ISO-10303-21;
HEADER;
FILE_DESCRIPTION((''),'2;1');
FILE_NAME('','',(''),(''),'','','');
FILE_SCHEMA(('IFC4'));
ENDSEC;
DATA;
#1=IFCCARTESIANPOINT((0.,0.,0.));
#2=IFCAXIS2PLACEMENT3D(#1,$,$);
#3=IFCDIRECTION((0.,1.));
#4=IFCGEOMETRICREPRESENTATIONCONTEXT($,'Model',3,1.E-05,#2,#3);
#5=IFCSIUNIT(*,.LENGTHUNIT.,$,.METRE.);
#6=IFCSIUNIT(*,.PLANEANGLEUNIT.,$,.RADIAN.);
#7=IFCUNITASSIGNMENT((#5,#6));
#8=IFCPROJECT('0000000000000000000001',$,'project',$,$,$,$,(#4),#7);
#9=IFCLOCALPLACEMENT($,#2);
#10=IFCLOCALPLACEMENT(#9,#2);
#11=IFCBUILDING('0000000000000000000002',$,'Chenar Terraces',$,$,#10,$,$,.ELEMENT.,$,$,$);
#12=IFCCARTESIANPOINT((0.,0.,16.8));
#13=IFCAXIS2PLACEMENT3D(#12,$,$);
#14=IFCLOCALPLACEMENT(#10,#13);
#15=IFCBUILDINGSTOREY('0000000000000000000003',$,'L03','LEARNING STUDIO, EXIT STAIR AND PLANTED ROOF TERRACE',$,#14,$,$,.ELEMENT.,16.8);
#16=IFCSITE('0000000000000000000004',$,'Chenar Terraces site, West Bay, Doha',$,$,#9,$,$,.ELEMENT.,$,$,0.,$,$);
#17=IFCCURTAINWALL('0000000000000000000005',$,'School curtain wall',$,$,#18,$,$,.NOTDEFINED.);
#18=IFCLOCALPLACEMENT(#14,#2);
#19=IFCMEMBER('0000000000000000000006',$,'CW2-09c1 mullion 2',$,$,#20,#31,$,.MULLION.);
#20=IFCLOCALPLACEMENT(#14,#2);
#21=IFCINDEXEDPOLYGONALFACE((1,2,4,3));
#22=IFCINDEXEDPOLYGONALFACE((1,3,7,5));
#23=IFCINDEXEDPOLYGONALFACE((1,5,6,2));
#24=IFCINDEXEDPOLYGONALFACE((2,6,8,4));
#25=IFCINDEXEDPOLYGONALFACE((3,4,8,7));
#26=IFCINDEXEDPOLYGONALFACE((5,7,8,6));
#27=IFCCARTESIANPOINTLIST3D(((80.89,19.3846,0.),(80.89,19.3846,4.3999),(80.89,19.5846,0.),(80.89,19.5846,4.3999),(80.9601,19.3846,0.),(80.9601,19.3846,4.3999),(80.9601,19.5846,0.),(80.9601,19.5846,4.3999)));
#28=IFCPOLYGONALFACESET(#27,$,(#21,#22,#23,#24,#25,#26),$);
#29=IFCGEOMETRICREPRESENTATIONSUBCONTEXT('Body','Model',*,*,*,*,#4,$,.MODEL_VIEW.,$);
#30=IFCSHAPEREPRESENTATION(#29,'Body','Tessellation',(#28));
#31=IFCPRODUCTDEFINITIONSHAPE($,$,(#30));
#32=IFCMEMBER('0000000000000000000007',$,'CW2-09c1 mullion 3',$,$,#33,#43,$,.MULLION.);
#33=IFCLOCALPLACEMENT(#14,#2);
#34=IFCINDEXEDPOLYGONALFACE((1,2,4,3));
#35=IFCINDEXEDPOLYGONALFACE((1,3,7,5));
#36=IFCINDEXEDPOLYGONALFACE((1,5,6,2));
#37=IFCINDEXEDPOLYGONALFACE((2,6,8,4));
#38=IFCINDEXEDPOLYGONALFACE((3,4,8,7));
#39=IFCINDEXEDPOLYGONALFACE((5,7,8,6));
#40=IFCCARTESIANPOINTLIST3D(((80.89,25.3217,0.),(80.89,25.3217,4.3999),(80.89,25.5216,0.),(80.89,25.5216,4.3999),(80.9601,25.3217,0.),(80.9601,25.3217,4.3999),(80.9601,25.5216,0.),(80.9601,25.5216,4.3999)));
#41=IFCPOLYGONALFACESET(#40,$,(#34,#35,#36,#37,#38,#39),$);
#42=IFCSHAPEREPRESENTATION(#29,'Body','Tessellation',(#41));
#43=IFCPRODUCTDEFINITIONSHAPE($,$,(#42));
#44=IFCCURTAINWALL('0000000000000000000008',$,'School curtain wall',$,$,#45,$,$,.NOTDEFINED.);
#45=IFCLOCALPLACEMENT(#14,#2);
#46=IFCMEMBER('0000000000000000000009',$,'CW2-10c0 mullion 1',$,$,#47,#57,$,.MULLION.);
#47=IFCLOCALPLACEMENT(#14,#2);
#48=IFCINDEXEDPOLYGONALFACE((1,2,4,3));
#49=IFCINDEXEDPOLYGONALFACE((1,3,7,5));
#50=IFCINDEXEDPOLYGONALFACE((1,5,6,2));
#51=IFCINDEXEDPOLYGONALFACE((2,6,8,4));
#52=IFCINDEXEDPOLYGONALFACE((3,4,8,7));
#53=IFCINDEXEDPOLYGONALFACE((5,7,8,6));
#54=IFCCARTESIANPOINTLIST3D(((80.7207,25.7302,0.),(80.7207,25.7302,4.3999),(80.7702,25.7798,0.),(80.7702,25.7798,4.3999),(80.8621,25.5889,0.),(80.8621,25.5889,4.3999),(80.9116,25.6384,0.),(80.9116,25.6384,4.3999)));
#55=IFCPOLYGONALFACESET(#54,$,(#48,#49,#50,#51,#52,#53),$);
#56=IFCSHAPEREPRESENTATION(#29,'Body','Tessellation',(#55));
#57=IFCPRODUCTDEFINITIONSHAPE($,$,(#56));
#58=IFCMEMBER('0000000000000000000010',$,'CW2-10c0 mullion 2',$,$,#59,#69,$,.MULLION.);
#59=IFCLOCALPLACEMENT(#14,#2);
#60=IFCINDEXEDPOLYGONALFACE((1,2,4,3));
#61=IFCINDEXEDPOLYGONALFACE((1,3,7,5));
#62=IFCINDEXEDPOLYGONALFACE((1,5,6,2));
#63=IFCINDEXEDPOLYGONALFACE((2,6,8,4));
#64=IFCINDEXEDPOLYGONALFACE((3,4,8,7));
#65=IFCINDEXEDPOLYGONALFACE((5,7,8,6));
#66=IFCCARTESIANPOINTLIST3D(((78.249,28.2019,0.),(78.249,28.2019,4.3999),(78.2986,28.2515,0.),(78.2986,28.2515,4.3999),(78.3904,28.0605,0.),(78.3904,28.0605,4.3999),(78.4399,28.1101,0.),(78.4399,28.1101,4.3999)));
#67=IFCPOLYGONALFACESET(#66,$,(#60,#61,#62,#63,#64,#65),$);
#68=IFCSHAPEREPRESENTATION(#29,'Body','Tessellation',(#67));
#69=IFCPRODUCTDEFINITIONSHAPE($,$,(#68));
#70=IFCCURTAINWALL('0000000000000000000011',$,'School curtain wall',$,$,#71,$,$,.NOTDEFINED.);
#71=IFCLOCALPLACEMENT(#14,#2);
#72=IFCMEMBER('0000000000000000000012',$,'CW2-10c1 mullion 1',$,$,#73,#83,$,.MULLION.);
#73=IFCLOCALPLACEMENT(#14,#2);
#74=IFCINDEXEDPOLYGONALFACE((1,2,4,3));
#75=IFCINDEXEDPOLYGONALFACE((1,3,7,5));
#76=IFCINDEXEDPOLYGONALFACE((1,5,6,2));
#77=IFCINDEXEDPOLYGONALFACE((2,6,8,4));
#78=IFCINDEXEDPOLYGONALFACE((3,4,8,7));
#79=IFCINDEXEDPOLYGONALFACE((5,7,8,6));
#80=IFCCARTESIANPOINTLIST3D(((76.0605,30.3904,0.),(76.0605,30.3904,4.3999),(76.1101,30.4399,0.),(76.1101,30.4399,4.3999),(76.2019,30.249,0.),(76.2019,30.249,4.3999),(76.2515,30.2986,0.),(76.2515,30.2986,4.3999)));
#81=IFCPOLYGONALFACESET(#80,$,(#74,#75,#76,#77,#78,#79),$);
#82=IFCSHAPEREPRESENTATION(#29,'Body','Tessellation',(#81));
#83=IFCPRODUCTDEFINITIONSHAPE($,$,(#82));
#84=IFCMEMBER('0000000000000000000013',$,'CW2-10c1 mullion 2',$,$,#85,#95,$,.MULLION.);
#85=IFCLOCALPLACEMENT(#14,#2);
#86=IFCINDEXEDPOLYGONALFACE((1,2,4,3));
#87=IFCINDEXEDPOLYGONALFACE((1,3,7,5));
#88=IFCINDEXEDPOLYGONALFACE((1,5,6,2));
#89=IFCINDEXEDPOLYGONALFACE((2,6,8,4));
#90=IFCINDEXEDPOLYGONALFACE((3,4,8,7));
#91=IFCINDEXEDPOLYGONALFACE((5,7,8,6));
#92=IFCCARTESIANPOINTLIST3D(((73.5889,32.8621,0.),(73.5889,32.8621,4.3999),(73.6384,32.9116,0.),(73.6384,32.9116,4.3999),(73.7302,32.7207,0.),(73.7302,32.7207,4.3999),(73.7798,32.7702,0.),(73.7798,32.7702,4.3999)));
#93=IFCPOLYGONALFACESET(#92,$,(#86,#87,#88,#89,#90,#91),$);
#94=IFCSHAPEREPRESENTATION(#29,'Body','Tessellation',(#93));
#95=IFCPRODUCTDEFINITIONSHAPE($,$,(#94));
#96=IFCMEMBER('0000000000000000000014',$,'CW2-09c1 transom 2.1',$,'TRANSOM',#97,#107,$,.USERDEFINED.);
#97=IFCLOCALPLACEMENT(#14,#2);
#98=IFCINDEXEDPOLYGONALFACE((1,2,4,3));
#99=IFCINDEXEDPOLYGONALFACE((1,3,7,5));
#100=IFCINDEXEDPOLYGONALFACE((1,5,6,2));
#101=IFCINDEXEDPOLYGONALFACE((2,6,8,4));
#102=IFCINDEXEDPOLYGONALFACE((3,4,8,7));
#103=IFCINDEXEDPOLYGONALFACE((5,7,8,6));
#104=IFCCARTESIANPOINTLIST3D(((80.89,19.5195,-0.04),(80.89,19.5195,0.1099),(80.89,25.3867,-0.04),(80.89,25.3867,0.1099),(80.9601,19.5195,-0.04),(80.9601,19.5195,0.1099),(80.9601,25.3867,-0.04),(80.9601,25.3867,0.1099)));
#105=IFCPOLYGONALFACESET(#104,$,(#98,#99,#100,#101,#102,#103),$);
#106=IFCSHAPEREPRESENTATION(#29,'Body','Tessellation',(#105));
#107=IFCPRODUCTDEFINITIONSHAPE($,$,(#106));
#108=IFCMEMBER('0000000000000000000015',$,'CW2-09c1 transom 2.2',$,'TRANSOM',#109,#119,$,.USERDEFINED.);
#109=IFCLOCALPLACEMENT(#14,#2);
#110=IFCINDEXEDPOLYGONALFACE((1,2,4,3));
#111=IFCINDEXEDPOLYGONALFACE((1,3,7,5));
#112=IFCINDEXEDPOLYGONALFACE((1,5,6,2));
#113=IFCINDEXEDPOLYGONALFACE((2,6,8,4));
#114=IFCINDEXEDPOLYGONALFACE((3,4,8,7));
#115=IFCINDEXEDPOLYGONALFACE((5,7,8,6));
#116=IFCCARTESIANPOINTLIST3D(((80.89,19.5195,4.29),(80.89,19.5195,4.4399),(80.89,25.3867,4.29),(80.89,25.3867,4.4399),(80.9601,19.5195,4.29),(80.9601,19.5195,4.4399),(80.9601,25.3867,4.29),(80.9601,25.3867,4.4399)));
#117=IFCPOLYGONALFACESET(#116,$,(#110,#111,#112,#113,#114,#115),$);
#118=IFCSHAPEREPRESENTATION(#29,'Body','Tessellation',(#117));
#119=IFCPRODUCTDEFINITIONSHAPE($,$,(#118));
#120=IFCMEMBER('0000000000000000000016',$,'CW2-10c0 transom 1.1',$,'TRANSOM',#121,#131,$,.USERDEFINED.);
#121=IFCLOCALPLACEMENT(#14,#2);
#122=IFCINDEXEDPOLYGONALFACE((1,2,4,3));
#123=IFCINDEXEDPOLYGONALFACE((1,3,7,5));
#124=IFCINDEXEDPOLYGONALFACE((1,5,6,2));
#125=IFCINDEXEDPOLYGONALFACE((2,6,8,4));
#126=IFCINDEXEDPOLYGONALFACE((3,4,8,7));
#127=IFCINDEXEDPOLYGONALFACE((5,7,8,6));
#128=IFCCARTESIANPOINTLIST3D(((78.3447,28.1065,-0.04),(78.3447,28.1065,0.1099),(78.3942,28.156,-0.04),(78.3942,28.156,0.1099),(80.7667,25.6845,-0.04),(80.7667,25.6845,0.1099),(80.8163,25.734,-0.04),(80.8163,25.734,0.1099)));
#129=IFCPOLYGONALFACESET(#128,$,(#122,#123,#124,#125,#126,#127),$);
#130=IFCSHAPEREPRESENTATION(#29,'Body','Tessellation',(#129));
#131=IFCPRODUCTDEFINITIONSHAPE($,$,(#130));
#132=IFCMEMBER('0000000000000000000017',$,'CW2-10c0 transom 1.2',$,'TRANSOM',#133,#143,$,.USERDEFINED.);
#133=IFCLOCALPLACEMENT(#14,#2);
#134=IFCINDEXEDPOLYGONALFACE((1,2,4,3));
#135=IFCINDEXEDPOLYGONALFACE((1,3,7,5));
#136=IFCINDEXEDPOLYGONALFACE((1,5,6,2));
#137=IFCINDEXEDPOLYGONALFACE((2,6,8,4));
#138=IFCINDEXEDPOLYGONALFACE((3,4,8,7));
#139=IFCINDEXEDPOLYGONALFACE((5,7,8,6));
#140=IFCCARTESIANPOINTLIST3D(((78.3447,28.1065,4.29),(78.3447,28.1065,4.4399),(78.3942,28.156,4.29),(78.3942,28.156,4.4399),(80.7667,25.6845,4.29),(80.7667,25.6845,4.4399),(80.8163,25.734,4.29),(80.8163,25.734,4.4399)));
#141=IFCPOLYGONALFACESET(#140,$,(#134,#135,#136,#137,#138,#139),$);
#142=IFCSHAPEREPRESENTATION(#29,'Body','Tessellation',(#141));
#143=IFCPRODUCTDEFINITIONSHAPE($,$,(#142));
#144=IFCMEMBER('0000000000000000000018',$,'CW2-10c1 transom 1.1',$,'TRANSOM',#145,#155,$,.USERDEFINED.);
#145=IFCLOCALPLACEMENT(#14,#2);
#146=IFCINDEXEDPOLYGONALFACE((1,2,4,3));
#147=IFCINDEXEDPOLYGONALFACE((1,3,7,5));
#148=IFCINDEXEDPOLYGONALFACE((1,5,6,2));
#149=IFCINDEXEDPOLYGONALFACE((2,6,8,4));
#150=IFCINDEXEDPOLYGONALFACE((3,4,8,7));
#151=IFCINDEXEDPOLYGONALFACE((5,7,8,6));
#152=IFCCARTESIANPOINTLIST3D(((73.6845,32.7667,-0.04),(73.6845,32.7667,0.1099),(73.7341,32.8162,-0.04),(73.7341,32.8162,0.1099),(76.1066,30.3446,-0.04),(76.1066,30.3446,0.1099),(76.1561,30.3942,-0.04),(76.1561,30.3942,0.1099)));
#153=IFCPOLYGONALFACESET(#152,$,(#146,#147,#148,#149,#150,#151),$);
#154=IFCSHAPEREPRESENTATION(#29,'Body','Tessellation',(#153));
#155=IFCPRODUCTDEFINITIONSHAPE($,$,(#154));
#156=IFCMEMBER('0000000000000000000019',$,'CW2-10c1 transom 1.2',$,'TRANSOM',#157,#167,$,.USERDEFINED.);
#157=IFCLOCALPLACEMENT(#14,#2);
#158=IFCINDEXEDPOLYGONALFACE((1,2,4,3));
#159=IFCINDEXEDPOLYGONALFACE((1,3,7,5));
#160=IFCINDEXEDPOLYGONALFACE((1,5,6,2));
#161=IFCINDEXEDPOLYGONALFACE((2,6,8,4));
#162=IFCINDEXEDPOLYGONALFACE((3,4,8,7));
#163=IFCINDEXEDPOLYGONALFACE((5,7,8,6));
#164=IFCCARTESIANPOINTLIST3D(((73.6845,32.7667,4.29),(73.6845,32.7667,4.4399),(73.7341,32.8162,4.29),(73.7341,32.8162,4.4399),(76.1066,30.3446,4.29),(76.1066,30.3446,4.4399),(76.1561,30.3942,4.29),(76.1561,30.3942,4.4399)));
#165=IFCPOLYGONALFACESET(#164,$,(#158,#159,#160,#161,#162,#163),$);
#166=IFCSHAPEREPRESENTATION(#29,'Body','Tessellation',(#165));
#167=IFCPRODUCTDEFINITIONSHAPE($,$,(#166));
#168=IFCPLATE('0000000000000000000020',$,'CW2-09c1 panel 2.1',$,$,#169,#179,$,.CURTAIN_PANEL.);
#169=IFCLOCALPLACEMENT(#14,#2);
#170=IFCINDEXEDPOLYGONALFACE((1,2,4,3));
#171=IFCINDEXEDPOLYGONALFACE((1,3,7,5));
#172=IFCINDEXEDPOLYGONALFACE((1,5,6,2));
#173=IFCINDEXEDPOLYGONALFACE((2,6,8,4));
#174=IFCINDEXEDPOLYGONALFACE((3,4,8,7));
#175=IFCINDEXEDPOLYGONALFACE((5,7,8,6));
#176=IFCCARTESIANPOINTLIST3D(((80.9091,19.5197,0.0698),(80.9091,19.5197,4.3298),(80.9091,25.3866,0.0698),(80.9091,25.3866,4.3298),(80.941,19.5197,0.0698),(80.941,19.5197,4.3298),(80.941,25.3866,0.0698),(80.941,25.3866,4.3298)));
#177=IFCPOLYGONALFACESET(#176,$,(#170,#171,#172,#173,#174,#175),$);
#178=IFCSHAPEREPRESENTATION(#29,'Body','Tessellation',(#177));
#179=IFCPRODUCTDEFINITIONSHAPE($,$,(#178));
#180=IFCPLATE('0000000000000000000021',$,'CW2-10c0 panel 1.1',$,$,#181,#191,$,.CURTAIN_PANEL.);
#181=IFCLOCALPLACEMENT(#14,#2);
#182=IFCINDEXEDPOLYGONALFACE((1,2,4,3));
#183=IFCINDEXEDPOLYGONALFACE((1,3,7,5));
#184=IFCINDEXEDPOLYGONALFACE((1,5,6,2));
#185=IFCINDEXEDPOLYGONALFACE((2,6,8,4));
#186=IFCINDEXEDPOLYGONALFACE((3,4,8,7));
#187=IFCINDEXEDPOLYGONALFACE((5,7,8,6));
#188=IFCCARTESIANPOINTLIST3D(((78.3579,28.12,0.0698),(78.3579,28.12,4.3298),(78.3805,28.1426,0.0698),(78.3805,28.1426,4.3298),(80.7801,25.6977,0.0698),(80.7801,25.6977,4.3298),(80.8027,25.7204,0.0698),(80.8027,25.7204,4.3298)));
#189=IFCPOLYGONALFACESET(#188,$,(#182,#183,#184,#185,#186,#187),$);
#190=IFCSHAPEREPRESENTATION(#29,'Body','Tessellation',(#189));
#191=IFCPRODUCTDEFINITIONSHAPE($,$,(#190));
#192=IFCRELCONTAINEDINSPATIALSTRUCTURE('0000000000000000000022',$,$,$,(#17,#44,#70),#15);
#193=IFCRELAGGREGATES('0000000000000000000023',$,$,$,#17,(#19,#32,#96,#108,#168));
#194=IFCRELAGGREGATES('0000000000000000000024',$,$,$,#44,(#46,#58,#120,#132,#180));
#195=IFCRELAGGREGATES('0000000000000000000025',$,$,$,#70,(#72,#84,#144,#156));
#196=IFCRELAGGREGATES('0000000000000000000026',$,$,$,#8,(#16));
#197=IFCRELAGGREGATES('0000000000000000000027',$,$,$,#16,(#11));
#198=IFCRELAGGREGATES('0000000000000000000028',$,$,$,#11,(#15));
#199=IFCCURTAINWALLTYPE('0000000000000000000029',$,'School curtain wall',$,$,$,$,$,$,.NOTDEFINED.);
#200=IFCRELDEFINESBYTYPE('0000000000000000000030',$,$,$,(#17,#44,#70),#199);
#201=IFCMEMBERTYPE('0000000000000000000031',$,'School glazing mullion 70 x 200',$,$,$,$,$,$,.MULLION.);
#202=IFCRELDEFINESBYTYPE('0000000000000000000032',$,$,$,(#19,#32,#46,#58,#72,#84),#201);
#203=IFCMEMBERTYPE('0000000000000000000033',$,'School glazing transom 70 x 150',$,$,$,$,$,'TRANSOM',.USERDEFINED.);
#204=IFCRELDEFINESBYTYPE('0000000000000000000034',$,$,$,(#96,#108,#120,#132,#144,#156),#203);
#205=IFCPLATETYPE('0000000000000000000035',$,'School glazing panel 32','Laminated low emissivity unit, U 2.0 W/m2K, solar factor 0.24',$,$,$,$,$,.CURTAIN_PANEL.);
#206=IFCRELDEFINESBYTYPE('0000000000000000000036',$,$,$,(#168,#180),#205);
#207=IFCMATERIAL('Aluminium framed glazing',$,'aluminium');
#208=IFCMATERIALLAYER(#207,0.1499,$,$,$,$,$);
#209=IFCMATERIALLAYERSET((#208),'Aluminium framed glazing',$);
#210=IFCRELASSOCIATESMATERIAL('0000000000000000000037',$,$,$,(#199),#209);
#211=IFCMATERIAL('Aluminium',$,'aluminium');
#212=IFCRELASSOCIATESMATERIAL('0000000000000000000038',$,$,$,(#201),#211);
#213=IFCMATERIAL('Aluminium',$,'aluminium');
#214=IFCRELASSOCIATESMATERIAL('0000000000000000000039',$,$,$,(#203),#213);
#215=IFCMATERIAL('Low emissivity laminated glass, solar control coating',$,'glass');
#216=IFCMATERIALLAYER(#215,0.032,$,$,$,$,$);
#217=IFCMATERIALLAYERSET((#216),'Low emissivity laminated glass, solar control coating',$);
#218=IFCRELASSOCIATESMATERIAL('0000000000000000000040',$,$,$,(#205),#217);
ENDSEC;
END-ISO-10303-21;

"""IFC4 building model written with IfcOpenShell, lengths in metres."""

from ifc_helpers import new_model, si_unit, direction, frame, origin, origin_2d, place, context, subcontext, project, spatial, rectangle, extrude, material, layer, layer_set, material_profile, profile_set, type_object, element, aggregate, save


model = new_model("IFC4")

# Units and contexts
model_context = context("Model", 3, precision=1e-05, world=origin(), true_north=direction((0.0, 1.0)))
body_context = subcontext(model_context, "Body", "Model", "MODEL_VIEW")
ifc_project = project(units=[si_unit("LENGTHUNIT", "METRE"), si_unit("PLANEANGLEUNIT", "RADIAN")], contexts=[model_context])

# Site, building, storey
site_placement = place(None, origin())
site = spatial("IfcSite", under=ifc_project, at=site_placement, Name="Chenar Terraces site, West Bay, Doha", CompositionType="ELEMENT", RefElevation=0.0)
building_placement = place(site_placement, origin())
building = spatial("IfcBuilding", under=site, at=building_placement, Name="Chenar Terraces", CompositionType="ELEMENT")
storey_placement = place(building_placement, frame((0.0, 0.0, 16.8)))
storey = spatial("IfcBuildingStorey", under=building, at=storey_placement, Name="L03", Description="LEARNING STUDIO, EXIT STAIR AND PLANTED ROOF TERRACE", CompositionType="ELEMENT", Elevation=16.8)

# Curtain walls, members
ifc_material_1 = material(Name="Aluminium framed glazing", Category="aluminium")
ifc_layer_1 = layer(ifc_material_1, 0.1499)
ifc_layer_set_1 = layer_set([ifc_layer_1], Name="Aluminium framed glazing")
curtain_wall_type = type_object("IfcCurtainWallType", Name="School curtain wall", PredefinedType="NOTDEFINED", material=ifc_layer_set_1)
placement = place(storey_placement, origin())
curtain_wall_1 = element("IfcCurtainWall", 1, at=placement, inside=storey, type_object=curtain_wall_type, Name="School curtain wall", PredefinedType="NOTDEFINED")
ifc_material_2 = material(Name="Aluminium", Category="aluminium")
ifc_material_profile_1 = material_profile(ifc_material_2, rectangle(XDim=0.0701, YDim=0.2, at=origin_2d()), Name="School glazing mullion 70 x 200")
ifc_profile_set_1 = profile_set([ifc_material_profile_1], Name="Aluminium")
member_type_1 = type_object("IfcMemberType", Name="School glazing mullion 70 x 200", PredefinedType="MULLION", material=ifc_profile_set_1)
member_1_placement = place(storey_placement, frame((80.925, 19.4846, 0.0), z_axis=(0.0, 0.0, 1.0), x_axis=(-1.0, 0.0, 0.0)))
member_1 = element("IfcMember", 2, at=member_1_placement, type_object=member_type_1, Name="CW2-09c1 mullion 2", PredefinedType="MULLION", context=body_context, shape_type="SweptSolid", body=[
    extrude(rectangle(XDim=0.0701, YDim=0.2, at=origin_2d()), origin(), (0.0, 0.0, 1.0), 4.3999),
])
member_2_placement = place(storey_placement, frame((80.925, 25.4216, 0.0), z_axis=(0.0, 0.0, 1.0), x_axis=(-1.0, 0.0, 0.0)))
member_2 = element("IfcMember", 3, at=member_2_placement, type_object=member_type_1, Name="CW2-09c1 mullion 3", PredefinedType="MULLION", context=body_context, shape_type="SweptSolid", body=[
    extrude(rectangle(XDim=0.0701, YDim=0.2, at=origin_2d()), origin(), (0.0, 0.0, 1.0), 4.3999),
])
curtain_wall_2 = element("IfcCurtainWall", 4, at=placement, inside=storey, type_object=curtain_wall_type, Name="School curtain wall", PredefinedType="NOTDEFINED")
member_3_placement = place(storey_placement, frame((80.8162, 25.6843, 0.0), z_axis=(0.0, 0.0, 1.0), x_axis=(-0.707107, -0.707107, 0.0)))
member_3 = element("IfcMember", 5, at=member_3_placement, type_object=member_type_1, Name="CW2-10c0 mullion 1", PredefinedType="MULLION", context=body_context, shape_type="SweptSolid", body=[
    extrude(rectangle(XDim=0.0701, YDim=0.2, at=origin_2d()), origin(), (0.0, 0.0, 1.0), 4.3999),
])
member_4_placement = place(storey_placement, frame((78.3445, 28.156, 0.0), z_axis=(0.0, 0.0, 1.0), x_axis=(-0.707107, -0.707107, 0.0)))
member_4 = element("IfcMember", 6, at=member_4_placement, type_object=member_type_1, Name="CW2-10c0 mullion 2", PredefinedType="MULLION", context=body_context, shape_type="SweptSolid", body=[
    extrude(rectangle(XDim=0.0701, YDim=0.2, at=origin_2d()), origin(), (0.0, 0.0, 1.0), 4.3999),
])
curtain_wall_3 = element("IfcCurtainWall", 7, at=placement, inside=storey, type_object=curtain_wall_type, Name="School curtain wall", PredefinedType="NOTDEFINED")
member_5_placement = place(storey_placement, frame((76.156, 30.3445, 0.0), z_axis=(0.0, 0.0, 1.0), x_axis=(-0.707107, -0.707107, 0.0)))
member_5 = element("IfcMember", 8, at=member_5_placement, type_object=member_type_1, Name="CW2-10c1 mullion 1", PredefinedType="MULLION", context=body_context, shape_type="SweptSolid", body=[
    extrude(rectangle(XDim=0.0701, YDim=0.2, at=origin_2d()), origin(), (0.0, 0.0, 1.0), 4.3999),
])
member_6_placement = place(storey_placement, frame((73.6843, 32.8162, 0.0), z_axis=(0.0, 0.0, 1.0), x_axis=(-0.707107, -0.707107, 0.0)))
member_6 = element("IfcMember", 9, at=member_6_placement, type_object=member_type_1, Name="CW2-10c1 mullion 2", PredefinedType="MULLION", context=body_context, shape_type="SweptSolid", body=[
    extrude(rectangle(XDim=0.0701, YDim=0.2, at=origin_2d()), origin(), (0.0, 0.0, 1.0), 4.3999),
])

# Members
ifc_material_3 = material(Name="Aluminium", Category="aluminium")
ifc_material_profile_2 = material_profile(ifc_material_3, rectangle(XDim=0.0701, YDim=0.1499, at=origin_2d()), Name="School glazing transom 70 x 150")
ifc_profile_set_2 = profile_set([ifc_material_profile_2], Name="Aluminium")
member_type_2 = type_object("IfcMemberType", Name="School glazing transom 70 x 150", ElementType="TRANSOM", PredefinedType="USERDEFINED", material=ifc_profile_set_2)
member_7_placement = place(storey_placement, frame((80.925, 19.5195, 0.0349), z_axis=(0.0, 1.0, 0.0), x_axis=(-1.0, 0.0, 0.0)))
member_7 = element("IfcMember", 10, at=member_7_placement, type_object=member_type_2, Name="CW2-09c1 transom 2.1", ObjectType="TRANSOM", PredefinedType="USERDEFINED", context=body_context, shape_type="SweptSolid", body=[
    extrude(rectangle(XDim=0.0701, YDim=0.1499, at=origin_2d()), origin(), (0.0, 0.0, 1.0), 5.8672),
])
member_8_placement = place(storey_placement, frame((80.925, 19.5195, 4.365), z_axis=(0.0, 1.0, 0.0), x_axis=(-1.0, 0.0, 0.0)))
member_8 = element("IfcMember", 11, at=member_8_placement, type_object=member_type_2, Name="CW2-09c1 transom 2.2", ObjectType="TRANSOM", PredefinedType="USERDEFINED", context=body_context, shape_type="SweptSolid", body=[
    extrude(rectangle(XDim=0.0701, YDim=0.1499, at=origin_2d()), origin(), (0.0, 0.0, 1.0), 5.8672),
])
member_9_placement = place(storey_placement, frame((80.7915, 25.7092, 0.0349), z_axis=(-0.707107, 0.707107, 0.0), x_axis=(-0.707107, -0.707107, 0.0)))
member_9 = element("IfcMember", 12, at=member_9_placement, type_object=member_type_2, Name="CW2-10c0 transom 1.1", ObjectType="TRANSOM", PredefinedType="USERDEFINED", context=body_context, shape_type="SweptSolid", body=[
    extrude(rectangle(XDim=0.0701, YDim=0.1499, at=origin_2d()), origin(), (0.0, 0.0, 1.0), 3.4253),
])
member_10_placement = place(storey_placement, frame((80.7915, 25.7092, 4.365), z_axis=(-0.707107, 0.707107, 0.0), x_axis=(-0.707107, -0.707107, 0.0)))
member_10 = element("IfcMember", 13, at=member_10_placement, type_object=member_type_2, Name="CW2-10c0 transom 1.2", ObjectType="TRANSOM", PredefinedType="USERDEFINED", context=body_context, shape_type="SweptSolid", body=[
    extrude(rectangle(XDim=0.0701, YDim=0.1499, at=origin_2d()), origin(), (0.0, 0.0, 1.0), 3.4253),
])
member_11_placement = place(storey_placement, frame((76.1313, 30.3694, 0.0349), z_axis=(-0.707107, 0.707107, 0.0), x_axis=(-0.707107, -0.707107, 0.0)))
member_11 = element("IfcMember", 14, at=member_11_placement, type_object=member_type_2, Name="CW2-10c1 transom 1.1", ObjectType="TRANSOM", PredefinedType="USERDEFINED", context=body_context, shape_type="SweptSolid", body=[
    extrude(rectangle(XDim=0.0701, YDim=0.1499, at=origin_2d()), origin(), (0.0, 0.0, 1.0), 3.4253),
])
member_12_placement = place(storey_placement, frame((76.1313, 30.3694, 4.365), z_axis=(-0.707107, 0.707107, 0.0), x_axis=(-0.707107, -0.707107, 0.0)))
member_12 = element("IfcMember", 15, at=member_12_placement, type_object=member_type_2, Name="CW2-10c1 transom 1.2", ObjectType="TRANSOM", PredefinedType="USERDEFINED", context=body_context, shape_type="SweptSolid", body=[
    extrude(rectangle(XDim=0.0701, YDim=0.1499, at=origin_2d()), origin(), (0.0, 0.0, 1.0), 3.4253),
])

# Plates
ifc_material_4 = material(Name="Low emissivity laminated glass, solar control coating", Category="glass")
ifc_layer_2 = layer(ifc_material_4, 0.032)
ifc_layer_set_2 = layer_set([ifc_layer_2], Name="Low emissivity laminated glass, solar control coating")
plate_type = type_object("IfcPlateType", Name="School glazing panel 32", Description="Laminated low emissivity unit, U 2.0 W/m2K, solar factor 0.24", PredefinedType="CURTAIN_PANEL", material=ifc_layer_set_2)
plate_1_placement = place(storey_placement, frame((80.925, 22.4531, 0.0698), z_axis=(0.0, 0.0, 1.0), x_axis=(0.0, 1.0, 0.0)))
plate_1 = element("IfcPlate", 16, at=plate_1_placement, type_object=plate_type, Name="CW2-09c1 panel 2.1", PredefinedType="CURTAIN_PANEL", context=body_context, shape_type="SweptSolid", body=[
    extrude(rectangle(XDim=5.8669, YDim=0.032, at=origin_2d()), origin(), (0.0, 0.0, 1.0), 4.26),
])
aggregate(curtain_wall_1, [member_1, member_2, member_7, member_8, plate_1])
plate_2_placement = place(storey_placement, frame((79.5803, 26.9202, 0.0698), z_axis=(0.0, 0.0, 1.0), x_axis=(-0.707107, 0.707107, 0.0)))
plate_2 = element("IfcPlate", 17, at=plate_2_placement, type_object=plate_type, Name="CW2-10c0 panel 1.1", PredefinedType="CURTAIN_PANEL", context=body_context, shape_type="SweptSolid", body=[
    extrude(rectangle(XDim=3.4255, YDim=0.032, at=origin_2d()), origin(), (0.0, 0.0, 1.0), 4.26),
])
aggregate(curtain_wall_2, [member_3, member_4, member_9, member_10, plate_2])
aggregate(curtain_wall_3, [member_5, member_6, member_11, member_12])

save(model, "model.ifc")
